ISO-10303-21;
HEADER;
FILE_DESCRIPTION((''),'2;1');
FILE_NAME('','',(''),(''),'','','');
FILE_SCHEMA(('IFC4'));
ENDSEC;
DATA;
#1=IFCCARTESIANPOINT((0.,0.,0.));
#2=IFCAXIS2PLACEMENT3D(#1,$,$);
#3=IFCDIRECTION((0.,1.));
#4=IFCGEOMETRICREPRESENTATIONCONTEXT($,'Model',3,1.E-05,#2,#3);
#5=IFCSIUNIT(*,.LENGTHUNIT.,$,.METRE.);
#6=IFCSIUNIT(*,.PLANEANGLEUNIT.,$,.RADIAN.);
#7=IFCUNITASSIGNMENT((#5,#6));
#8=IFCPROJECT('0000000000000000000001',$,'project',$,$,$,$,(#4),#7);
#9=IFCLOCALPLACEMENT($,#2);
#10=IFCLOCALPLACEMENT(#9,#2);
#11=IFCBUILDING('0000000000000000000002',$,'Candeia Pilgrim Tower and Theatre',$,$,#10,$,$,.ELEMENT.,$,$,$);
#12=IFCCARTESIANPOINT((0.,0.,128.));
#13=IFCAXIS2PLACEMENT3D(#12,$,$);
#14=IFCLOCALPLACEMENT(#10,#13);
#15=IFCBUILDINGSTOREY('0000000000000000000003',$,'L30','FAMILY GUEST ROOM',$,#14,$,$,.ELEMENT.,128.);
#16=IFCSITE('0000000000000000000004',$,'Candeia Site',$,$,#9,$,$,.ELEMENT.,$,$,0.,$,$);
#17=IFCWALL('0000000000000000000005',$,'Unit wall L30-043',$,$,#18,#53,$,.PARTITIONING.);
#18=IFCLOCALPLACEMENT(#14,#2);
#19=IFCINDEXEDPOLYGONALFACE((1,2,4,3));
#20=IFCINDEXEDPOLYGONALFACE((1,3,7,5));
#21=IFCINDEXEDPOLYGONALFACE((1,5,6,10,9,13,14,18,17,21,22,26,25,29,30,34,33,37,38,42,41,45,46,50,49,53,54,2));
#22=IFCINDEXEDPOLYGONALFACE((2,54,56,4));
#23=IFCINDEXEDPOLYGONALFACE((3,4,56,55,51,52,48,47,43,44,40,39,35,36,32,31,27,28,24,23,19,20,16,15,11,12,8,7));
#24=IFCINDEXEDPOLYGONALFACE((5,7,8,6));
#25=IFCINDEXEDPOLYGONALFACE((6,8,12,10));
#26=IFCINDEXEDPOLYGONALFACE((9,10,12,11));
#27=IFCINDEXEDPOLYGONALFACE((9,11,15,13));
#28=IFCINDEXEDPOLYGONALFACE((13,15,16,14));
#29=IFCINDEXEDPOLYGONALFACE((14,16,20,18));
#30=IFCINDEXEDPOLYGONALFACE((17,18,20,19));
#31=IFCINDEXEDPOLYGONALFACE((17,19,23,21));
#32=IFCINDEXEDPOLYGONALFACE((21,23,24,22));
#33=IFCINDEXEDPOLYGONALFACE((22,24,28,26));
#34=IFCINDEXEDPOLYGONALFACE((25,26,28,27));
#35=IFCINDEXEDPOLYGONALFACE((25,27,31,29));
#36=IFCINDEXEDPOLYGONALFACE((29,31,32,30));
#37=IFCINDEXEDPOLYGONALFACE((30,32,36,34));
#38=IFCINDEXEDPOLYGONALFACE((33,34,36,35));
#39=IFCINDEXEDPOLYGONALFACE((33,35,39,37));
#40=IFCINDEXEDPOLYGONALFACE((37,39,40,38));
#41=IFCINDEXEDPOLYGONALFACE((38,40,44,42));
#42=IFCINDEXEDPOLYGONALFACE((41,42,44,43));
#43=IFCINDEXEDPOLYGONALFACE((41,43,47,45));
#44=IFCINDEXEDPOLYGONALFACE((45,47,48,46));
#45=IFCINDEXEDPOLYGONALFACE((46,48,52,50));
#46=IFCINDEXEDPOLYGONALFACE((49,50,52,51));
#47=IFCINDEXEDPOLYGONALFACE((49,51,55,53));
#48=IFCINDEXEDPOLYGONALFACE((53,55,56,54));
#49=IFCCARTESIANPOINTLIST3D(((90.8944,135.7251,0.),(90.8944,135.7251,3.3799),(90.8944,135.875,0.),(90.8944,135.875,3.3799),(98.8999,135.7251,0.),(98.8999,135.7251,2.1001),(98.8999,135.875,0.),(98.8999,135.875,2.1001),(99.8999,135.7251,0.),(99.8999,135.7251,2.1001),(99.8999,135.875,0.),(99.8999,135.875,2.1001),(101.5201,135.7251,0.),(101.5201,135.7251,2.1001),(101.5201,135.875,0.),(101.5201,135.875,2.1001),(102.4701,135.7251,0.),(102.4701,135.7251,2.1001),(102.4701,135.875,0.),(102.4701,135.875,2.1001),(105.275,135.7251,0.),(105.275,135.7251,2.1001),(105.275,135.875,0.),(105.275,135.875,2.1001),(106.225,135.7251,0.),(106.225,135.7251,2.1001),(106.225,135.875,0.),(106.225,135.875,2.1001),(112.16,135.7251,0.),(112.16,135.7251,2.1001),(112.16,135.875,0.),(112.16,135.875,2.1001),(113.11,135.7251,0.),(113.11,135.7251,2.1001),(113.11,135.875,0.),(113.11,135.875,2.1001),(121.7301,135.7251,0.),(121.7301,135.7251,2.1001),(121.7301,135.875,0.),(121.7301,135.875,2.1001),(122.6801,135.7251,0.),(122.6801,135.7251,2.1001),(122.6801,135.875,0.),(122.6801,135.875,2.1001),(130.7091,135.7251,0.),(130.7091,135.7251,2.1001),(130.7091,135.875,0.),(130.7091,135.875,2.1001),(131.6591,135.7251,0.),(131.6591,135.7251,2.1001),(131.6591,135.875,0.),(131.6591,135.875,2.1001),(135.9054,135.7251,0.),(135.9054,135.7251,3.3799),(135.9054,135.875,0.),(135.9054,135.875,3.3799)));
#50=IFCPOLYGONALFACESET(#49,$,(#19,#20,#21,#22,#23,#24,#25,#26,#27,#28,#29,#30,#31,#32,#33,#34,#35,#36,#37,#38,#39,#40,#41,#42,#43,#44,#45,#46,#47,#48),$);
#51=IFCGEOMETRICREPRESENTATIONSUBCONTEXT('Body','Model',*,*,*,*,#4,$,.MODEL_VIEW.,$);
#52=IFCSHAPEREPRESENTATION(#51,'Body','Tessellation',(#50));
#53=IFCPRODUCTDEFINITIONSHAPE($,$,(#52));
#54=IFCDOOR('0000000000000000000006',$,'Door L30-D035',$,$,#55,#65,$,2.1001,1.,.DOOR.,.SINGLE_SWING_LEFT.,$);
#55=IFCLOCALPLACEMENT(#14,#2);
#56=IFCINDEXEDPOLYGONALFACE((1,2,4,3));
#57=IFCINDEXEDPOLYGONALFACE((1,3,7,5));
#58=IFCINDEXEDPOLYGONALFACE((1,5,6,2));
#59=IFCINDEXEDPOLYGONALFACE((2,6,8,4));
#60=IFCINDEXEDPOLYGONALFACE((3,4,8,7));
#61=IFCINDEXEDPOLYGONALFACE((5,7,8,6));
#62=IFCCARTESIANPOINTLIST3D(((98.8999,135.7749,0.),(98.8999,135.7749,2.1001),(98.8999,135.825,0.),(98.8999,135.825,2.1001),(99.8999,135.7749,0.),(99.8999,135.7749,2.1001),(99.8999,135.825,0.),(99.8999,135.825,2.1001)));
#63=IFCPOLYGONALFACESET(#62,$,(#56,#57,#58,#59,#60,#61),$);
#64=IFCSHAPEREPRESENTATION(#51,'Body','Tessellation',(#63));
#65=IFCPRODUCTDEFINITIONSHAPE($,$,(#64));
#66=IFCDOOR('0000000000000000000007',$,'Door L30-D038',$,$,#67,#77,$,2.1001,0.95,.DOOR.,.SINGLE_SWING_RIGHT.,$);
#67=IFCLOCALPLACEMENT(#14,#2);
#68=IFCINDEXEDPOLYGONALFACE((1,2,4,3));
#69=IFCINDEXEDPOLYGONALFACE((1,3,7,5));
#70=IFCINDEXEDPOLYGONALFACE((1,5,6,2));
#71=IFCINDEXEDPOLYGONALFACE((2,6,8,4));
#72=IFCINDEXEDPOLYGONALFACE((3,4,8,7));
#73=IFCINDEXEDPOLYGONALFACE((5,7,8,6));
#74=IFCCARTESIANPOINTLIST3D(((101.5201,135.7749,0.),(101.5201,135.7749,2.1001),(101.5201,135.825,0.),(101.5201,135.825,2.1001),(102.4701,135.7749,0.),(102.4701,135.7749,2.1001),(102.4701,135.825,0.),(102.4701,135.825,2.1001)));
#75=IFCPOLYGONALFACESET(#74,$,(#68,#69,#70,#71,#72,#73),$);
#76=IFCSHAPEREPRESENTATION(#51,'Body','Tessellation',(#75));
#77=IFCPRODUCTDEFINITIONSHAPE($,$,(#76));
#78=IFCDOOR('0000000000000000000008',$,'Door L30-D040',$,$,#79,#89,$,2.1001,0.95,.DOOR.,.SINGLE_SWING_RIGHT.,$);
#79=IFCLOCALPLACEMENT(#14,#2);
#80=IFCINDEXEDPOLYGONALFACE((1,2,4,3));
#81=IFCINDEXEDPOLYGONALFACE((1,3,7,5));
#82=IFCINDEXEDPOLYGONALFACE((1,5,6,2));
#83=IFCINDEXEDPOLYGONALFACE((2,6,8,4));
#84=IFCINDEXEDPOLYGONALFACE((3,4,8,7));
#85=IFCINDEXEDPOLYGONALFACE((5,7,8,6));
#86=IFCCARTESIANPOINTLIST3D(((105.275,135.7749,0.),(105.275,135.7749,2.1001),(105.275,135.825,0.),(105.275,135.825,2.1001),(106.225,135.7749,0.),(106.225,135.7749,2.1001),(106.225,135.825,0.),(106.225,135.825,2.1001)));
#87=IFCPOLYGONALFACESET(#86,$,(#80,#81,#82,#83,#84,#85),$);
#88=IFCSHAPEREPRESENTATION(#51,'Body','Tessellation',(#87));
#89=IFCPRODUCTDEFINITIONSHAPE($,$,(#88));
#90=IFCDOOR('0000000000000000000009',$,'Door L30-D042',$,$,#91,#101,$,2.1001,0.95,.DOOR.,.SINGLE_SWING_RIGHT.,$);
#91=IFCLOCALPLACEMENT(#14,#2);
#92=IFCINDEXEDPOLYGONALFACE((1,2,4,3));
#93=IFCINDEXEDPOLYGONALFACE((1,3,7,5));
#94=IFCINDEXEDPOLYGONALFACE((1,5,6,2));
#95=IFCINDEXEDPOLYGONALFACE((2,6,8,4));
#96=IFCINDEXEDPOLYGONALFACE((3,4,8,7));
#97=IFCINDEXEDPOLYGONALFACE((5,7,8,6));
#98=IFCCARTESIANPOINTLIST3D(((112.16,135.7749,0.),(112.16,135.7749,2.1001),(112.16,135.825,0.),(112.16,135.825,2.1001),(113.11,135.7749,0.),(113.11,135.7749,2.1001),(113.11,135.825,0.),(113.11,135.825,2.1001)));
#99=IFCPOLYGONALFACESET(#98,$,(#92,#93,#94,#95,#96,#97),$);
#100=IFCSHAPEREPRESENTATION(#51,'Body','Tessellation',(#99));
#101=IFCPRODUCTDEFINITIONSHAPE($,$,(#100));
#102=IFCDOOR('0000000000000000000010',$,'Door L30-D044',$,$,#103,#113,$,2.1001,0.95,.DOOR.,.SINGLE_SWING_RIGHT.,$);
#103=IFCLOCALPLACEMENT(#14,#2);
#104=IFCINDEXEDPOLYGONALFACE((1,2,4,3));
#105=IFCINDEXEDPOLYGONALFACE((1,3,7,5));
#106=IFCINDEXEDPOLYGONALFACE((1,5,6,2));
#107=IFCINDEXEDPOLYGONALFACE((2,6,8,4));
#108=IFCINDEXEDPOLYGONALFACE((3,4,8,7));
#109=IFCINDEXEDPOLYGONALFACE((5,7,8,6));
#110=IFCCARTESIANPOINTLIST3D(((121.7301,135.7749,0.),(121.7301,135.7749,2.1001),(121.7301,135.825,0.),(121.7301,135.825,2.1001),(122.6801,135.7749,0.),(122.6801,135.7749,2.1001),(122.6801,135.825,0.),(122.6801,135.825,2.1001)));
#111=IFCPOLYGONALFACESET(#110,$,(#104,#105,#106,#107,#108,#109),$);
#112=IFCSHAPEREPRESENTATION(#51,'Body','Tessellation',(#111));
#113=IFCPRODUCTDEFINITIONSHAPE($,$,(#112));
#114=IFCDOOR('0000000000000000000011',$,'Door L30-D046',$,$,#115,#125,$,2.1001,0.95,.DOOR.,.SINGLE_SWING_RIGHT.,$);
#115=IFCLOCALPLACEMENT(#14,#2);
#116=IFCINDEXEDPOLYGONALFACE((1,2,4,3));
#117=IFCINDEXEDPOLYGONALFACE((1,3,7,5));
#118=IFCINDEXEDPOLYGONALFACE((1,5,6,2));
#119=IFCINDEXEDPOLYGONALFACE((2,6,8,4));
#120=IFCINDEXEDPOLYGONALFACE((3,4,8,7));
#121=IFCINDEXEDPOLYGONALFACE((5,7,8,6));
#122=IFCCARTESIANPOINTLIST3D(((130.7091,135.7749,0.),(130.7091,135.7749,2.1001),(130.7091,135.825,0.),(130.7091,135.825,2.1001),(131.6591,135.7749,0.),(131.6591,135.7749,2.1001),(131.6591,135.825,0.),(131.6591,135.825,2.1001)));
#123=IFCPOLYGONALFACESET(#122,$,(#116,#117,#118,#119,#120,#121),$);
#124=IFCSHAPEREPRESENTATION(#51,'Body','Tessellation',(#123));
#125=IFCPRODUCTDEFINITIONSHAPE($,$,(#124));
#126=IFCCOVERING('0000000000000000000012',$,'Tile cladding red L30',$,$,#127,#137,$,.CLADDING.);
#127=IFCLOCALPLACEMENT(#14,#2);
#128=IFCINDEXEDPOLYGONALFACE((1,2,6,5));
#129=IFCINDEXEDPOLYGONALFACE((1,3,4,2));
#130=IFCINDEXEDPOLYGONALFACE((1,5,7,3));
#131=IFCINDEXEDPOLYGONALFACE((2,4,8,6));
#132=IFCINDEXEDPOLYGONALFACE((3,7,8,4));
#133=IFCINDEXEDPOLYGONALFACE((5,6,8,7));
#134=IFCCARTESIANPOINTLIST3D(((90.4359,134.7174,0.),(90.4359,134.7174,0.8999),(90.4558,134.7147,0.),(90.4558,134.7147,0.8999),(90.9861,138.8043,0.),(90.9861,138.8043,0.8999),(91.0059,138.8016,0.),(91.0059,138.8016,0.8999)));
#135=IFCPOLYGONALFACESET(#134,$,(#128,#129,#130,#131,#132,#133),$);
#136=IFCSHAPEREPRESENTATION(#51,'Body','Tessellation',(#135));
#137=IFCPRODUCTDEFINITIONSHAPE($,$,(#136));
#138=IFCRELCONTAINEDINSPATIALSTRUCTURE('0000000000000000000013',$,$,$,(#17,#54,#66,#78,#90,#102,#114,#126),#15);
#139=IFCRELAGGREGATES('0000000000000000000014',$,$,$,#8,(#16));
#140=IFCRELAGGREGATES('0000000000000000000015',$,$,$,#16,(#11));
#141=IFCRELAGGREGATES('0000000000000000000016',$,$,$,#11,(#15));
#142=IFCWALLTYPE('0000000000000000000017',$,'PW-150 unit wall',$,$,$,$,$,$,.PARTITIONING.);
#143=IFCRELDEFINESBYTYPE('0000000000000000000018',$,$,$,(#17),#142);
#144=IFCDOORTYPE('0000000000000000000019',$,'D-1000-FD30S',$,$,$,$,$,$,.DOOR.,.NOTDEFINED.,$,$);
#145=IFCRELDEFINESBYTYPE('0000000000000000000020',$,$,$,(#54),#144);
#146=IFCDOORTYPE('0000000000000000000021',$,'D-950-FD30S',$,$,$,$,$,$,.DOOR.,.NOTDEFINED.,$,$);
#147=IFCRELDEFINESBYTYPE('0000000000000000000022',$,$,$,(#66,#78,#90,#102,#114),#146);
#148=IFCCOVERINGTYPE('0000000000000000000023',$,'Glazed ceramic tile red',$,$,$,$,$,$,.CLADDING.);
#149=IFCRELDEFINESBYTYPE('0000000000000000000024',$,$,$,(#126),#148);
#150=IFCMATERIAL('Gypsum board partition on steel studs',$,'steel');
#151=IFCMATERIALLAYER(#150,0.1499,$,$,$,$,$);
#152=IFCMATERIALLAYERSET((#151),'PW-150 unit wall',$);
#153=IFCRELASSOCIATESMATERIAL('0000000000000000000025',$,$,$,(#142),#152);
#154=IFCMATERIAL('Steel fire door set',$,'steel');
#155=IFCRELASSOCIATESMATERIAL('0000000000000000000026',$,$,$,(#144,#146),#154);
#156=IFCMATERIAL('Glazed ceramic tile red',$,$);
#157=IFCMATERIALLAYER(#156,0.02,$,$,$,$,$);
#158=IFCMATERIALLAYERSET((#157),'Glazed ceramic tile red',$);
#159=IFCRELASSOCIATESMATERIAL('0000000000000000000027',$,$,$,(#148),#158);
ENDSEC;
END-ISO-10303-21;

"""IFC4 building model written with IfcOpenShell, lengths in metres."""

from ifc_helpers import new_model, si_unit, direction, frame, frame_2d, origin, origin_2d, place, context, subcontext, project, spatial, rectangle, extrude, material, layer, layer_set, type_object, element, fill, save


model = new_model("IFC4")

# Units and contexts
model_context = context("Model", 3, precision=1e-05, world=origin(), true_north=direction((0.0, 1.0)))
body_context = subcontext(model_context, "Body", "Model", "MODEL_VIEW")
ifc_project = project(units=[si_unit("LENGTHUNIT", "METRE"), si_unit("PLANEANGLEUNIT", "RADIAN")], contexts=[model_context])

# Site, building, storey
site_placement = place(None, origin())
site = spatial("IfcSite", under=ifc_project, at=site_placement, Name="Candeia Site", CompositionType="ELEMENT", RefElevation=0.0)
building_placement = place(site_placement, origin())
building = spatial("IfcBuilding", under=site, at=building_placement, Name="Candeia Pilgrim Tower and Theatre", CompositionType="ELEMENT")
storey_placement = place(building_placement, frame((0.0, 0.0, 128.0)))
storey = spatial("IfcBuildingStorey", under=building, at=storey_placement, Name="L30", Description="FAMILY GUEST ROOM", CompositionType="ELEMENT", Elevation=128.0)

# Shared definitions
ifc_material_1 = material(Name="Gypsum board partition on steel studs", Category="steel")

# Wall, openings, doors
ifc_layer_1 = layer(ifc_material_1, 0.1499)
ifc_layer_set_1 = layer_set([ifc_layer_1], Name="PW-150 unit wall")
wall_type_1 = type_object("IfcWallType", Name="PW-150 unit wall", PredefinedType="PARTITIONING", material=ifc_layer_set_1)
wall_1_placement = place(storey_placement, frame((90.8945, 135.8, 0.0), z_axis=(0.0, 0.0, 1.0), x_axis=(1.0, 0.0, 0.0)))
wall_1 = element("IfcWall", 1, at=wall_1_placement, inside=storey, type_object=wall_type_1, Name="Unit wall L30-043", PredefinedType="PARTITIONING", context=body_context, shape_type="SweptSolid", body=[
    extrude(rectangle(XDim=45.011, YDim=0.1499, at=frame_2d((22.5054, 0.0))), origin(), (0.0, 0.0, 1.0), 3.3799),
])
opening_1_placement = place(wall_1_placement, frame((8.0054, 0.0, 0.0)))
opening_1 = element("IfcOpeningElement", 2, at=opening_1_placement, cuts=wall_1, PredefinedType="OPENING", context=body_context, shape_type="SweptSolid", body=[
    extrude(rectangle(XDim=1.0, YDim=2.1001, at=frame_2d((0.5, 1.05))), frame((0.0, 0.085, 0.0), z_axis=(0.0, -1.0, 0.0), x_axis=(1.0, 0.0, 0.0)), (0.0, 0.0, 1.0), 0.1699),
])
opening_2_placement = place(wall_1_placement, frame((10.6255, 0.0, 0.0)))
opening_2 = element("IfcOpeningElement", 3, at=opening_2_placement, cuts=wall_1, PredefinedType="OPENING", context=body_context, shape_type="SweptSolid", body=[
    extrude(rectangle(XDim=0.95, YDim=2.1001, at=frame_2d((0.4751, 1.05))), frame((0.0, 0.085, 0.0), z_axis=(0.0, -1.0, 0.0), x_axis=(1.0, 0.0, 0.0)), (0.0, 0.0, 1.0), 0.1699),
])
opening_3_placement = place(wall_1_placement, frame((14.3804, 0.0, 0.0)))
opening_3 = element("IfcOpeningElement", 4, at=opening_3_placement, cuts=wall_1, PredefinedType="OPENING", context=body_context, shape_type="SweptSolid", body=[
    extrude(rectangle(XDim=0.95, YDim=2.1001, at=frame_2d((0.4751, 1.05))), frame((0.0, 0.085, 0.0), z_axis=(0.0, -1.0, 0.0), x_axis=(1.0, 0.0, 0.0)), (0.0, 0.0, 1.0), 0.1699),
])
opening_4_placement = place(wall_1_placement, frame((21.2654, 0.0, 0.0)))
opening_4 = element("IfcOpeningElement", 5, at=opening_4_placement, cuts=wall_1, PredefinedType="OPENING", context=body_context, shape_type="SweptSolid", body=[
    extrude(rectangle(XDim=0.95, YDim=2.1001, at=frame_2d((0.4751, 1.05))), frame((0.0, 0.085, 0.0), z_axis=(0.0, -1.0, 0.0), x_axis=(1.0, 0.0, 0.0)), (0.0, 0.0, 1.0), 0.1699),
])
opening_5_placement = place(wall_1_placement, frame((30.8354, 0.0, 0.0)))
opening_5 = element("IfcOpeningElement", 6, at=opening_5_placement, cuts=wall_1, PredefinedType="OPENING", context=body_context, shape_type="SweptSolid", body=[
    extrude(rectangle(XDim=0.95, YDim=2.1001, at=frame_2d((0.4751, 1.05))), frame((0.0, 0.085, 0.0), z_axis=(0.0, -1.0, 0.0), x_axis=(1.0, 0.0, 0.0)), (0.0, 0.0, 1.0), 0.1699),
])
opening_6_placement = place(wall_1_placement, frame((39.8145, 0.0, 0.0)))
opening_6 = element("IfcOpeningElement", 7, at=opening_6_placement, cuts=wall_1, PredefinedType="OPENING", context=body_context, shape_type="SweptSolid", body=[
    extrude(rectangle(XDim=0.95, YDim=2.1001, at=frame_2d((0.4751, 1.05))), frame((0.0, 0.085, 0.0), z_axis=(0.0, -1.0, 0.0), x_axis=(1.0, 0.0, 0.0)), (0.0, 0.0, 1.0), 0.1699),
])
ifc_material_2 = material(Name="Steel fire door set", Category="steel")
door_type_1 = type_object("IfcDoorType", Name="D-1000-FD30S", OperationType="NOTDEFINED", PredefinedType="DOOR", material=ifc_material_2)
door_1_placement = place(opening_1_placement, origin())
door_1 = element("IfcDoor", 8, at=door_1_placement, inside=storey, type_object=door_type_1, Name="Door L30-D035", OperationType="SINGLE_SWING_LEFT", OverallHeight=2.1001, OverallWidth=1.0, PredefinedType="DOOR", context=body_context, shape_type="SweptSolid", body=[
    extrude(rectangle(XDim=1.0, YDim=2.1001, at=frame_2d((0.5, 1.05))), frame((0.0, 0.0249, 0.0), z_axis=(0.0, -1.0, 0.0), x_axis=(1.0, 0.0, 0.0)), (0.0, 0.0, 1.0), 0.05),
])
fill(opening_1, door_1)
door_type_2 = type_object("IfcDoorType", Name="D-950-FD30S", OperationType="NOTDEFINED", PredefinedType="DOOR", material=ifc_material_2)
door_2_placement = place(opening_2_placement, origin())
door_2 = element("IfcDoor", 9, at=door_2_placement, inside=storey, type_object=door_type_2, Name="Door L30-D038", OperationType="SINGLE_SWING_RIGHT", OverallHeight=2.1001, OverallWidth=0.95, PredefinedType="DOOR", context=body_context, shape_type="SweptSolid", body=[
    extrude(rectangle(XDim=0.95, YDim=2.1001, at=frame_2d((0.4751, 1.05))), frame((0.0, 0.0249, 0.0), z_axis=(0.0, -1.0, 0.0), x_axis=(1.0, 0.0, 0.0)), (0.0, 0.0, 1.0), 0.05),
])
fill(opening_2, door_2)
door_3_placement = place(opening_3_placement, origin())
door_3 = element("IfcDoor", 10, at=door_3_placement, inside=storey, type_object=door_type_2, Name="Door L30-D040", OperationType="SINGLE_SWING_RIGHT", OverallHeight=2.1001, OverallWidth=0.95, PredefinedType="DOOR", context=body_context, shape_type="SweptSolid", body=[
    extrude(rectangle(XDim=0.95, YDim=2.1001, at=frame_2d((0.4751, 1.05))), frame((0.0, 0.0249, 0.0), z_axis=(0.0, -1.0, 0.0), x_axis=(1.0, 0.0, 0.0)), (0.0, 0.0, 1.0), 0.05),
])
fill(opening_3, door_3)
door_4_placement = place(opening_4_placement, origin())
door_4 = element("IfcDoor", 11, at=door_4_placement, inside=storey, type_object=door_type_2, Name="Door L30-D042", OperationType="SINGLE_SWING_RIGHT", OverallHeight=2.1001, OverallWidth=0.95, PredefinedType="DOOR", context=body_context, shape_type="SweptSolid", body=[
    extrude(rectangle(XDim=0.95, YDim=2.1001, at=frame_2d((0.4751, 1.05))), frame((0.0, 0.0249, 0.0), z_axis=(0.0, -1.0, 0.0), x_axis=(1.0, 0.0, 0.0)), (0.0, 0.0, 1.0), 0.05),
])
fill(opening_4, door_4)
door_5_placement = place(opening_5_placement, origin())
door_5 = element("IfcDoor", 12, at=door_5_placement, inside=storey, type_object=door_type_2, Name="Door L30-D044", OperationType="SINGLE_SWING_RIGHT", OverallHeight=2.1001, OverallWidth=0.95, PredefinedType="DOOR", context=body_context, shape_type="SweptSolid", body=[
    extrude(rectangle(XDim=0.95, YDim=2.1001, at=frame_2d((0.4751, 1.05))), frame((0.0, 0.0249, 0.0), z_axis=(0.0, -1.0, 0.0), x_axis=(1.0, 0.0, 0.0)), (0.0, 0.0, 1.0), 0.05),
])
fill(opening_5, door_5)
door_6_placement = place(opening_6_placement, origin())
door_6 = element("IfcDoor", 13, at=door_6_placement, inside=storey, type_object=door_type_2, Name="Door L30-D046", OperationType="SINGLE_SWING_RIGHT", OverallHeight=2.1001, OverallWidth=0.95, PredefinedType="DOOR", context=body_context, shape_type="SweptSolid", body=[
    extrude(rectangle(XDim=0.95, YDim=2.1001, at=frame_2d((0.4751, 1.05))), frame((0.0, 0.0249, 0.0), z_axis=(0.0, -1.0, 0.0), x_axis=(1.0, 0.0, 0.0)), (0.0, 0.0, 1.0), 0.05),
])
fill(opening_6, door_6)

# Covering
ifc_material_3 = material(Name="Glazed ceramic tile red")
ifc_layer_2 = layer(ifc_material_3, 0.02)
ifc_layer_set_2 = layer_set([ifc_layer_2], Name="Glazed ceramic tile red")
covering_type = type_object("IfcCoveringType", Name="Glazed ceramic tile red", PredefinedType="CLADDING", material=ifc_layer_set_2)
covering_placement = place(storey_placement, frame((90.7209, 136.7595, 0.0), z_axis=(0.0, 0.0, 1.0), x_axis=(-0.133412, -0.991061, 0.0)))
element("IfcCovering", 14, at=covering_placement, inside=storey, type_object=covering_type, Name="Tile cladding red L30", PredefinedType="CLADDING", context=body_context, shape_type="SweptSolid", body=[
    extrude(rectangle(XDim=4.1238, YDim=0.02, at=origin_2d()), origin(), (0.0, 0.0, 1.0), 0.8999),
])

save(model, "model.ifc")
